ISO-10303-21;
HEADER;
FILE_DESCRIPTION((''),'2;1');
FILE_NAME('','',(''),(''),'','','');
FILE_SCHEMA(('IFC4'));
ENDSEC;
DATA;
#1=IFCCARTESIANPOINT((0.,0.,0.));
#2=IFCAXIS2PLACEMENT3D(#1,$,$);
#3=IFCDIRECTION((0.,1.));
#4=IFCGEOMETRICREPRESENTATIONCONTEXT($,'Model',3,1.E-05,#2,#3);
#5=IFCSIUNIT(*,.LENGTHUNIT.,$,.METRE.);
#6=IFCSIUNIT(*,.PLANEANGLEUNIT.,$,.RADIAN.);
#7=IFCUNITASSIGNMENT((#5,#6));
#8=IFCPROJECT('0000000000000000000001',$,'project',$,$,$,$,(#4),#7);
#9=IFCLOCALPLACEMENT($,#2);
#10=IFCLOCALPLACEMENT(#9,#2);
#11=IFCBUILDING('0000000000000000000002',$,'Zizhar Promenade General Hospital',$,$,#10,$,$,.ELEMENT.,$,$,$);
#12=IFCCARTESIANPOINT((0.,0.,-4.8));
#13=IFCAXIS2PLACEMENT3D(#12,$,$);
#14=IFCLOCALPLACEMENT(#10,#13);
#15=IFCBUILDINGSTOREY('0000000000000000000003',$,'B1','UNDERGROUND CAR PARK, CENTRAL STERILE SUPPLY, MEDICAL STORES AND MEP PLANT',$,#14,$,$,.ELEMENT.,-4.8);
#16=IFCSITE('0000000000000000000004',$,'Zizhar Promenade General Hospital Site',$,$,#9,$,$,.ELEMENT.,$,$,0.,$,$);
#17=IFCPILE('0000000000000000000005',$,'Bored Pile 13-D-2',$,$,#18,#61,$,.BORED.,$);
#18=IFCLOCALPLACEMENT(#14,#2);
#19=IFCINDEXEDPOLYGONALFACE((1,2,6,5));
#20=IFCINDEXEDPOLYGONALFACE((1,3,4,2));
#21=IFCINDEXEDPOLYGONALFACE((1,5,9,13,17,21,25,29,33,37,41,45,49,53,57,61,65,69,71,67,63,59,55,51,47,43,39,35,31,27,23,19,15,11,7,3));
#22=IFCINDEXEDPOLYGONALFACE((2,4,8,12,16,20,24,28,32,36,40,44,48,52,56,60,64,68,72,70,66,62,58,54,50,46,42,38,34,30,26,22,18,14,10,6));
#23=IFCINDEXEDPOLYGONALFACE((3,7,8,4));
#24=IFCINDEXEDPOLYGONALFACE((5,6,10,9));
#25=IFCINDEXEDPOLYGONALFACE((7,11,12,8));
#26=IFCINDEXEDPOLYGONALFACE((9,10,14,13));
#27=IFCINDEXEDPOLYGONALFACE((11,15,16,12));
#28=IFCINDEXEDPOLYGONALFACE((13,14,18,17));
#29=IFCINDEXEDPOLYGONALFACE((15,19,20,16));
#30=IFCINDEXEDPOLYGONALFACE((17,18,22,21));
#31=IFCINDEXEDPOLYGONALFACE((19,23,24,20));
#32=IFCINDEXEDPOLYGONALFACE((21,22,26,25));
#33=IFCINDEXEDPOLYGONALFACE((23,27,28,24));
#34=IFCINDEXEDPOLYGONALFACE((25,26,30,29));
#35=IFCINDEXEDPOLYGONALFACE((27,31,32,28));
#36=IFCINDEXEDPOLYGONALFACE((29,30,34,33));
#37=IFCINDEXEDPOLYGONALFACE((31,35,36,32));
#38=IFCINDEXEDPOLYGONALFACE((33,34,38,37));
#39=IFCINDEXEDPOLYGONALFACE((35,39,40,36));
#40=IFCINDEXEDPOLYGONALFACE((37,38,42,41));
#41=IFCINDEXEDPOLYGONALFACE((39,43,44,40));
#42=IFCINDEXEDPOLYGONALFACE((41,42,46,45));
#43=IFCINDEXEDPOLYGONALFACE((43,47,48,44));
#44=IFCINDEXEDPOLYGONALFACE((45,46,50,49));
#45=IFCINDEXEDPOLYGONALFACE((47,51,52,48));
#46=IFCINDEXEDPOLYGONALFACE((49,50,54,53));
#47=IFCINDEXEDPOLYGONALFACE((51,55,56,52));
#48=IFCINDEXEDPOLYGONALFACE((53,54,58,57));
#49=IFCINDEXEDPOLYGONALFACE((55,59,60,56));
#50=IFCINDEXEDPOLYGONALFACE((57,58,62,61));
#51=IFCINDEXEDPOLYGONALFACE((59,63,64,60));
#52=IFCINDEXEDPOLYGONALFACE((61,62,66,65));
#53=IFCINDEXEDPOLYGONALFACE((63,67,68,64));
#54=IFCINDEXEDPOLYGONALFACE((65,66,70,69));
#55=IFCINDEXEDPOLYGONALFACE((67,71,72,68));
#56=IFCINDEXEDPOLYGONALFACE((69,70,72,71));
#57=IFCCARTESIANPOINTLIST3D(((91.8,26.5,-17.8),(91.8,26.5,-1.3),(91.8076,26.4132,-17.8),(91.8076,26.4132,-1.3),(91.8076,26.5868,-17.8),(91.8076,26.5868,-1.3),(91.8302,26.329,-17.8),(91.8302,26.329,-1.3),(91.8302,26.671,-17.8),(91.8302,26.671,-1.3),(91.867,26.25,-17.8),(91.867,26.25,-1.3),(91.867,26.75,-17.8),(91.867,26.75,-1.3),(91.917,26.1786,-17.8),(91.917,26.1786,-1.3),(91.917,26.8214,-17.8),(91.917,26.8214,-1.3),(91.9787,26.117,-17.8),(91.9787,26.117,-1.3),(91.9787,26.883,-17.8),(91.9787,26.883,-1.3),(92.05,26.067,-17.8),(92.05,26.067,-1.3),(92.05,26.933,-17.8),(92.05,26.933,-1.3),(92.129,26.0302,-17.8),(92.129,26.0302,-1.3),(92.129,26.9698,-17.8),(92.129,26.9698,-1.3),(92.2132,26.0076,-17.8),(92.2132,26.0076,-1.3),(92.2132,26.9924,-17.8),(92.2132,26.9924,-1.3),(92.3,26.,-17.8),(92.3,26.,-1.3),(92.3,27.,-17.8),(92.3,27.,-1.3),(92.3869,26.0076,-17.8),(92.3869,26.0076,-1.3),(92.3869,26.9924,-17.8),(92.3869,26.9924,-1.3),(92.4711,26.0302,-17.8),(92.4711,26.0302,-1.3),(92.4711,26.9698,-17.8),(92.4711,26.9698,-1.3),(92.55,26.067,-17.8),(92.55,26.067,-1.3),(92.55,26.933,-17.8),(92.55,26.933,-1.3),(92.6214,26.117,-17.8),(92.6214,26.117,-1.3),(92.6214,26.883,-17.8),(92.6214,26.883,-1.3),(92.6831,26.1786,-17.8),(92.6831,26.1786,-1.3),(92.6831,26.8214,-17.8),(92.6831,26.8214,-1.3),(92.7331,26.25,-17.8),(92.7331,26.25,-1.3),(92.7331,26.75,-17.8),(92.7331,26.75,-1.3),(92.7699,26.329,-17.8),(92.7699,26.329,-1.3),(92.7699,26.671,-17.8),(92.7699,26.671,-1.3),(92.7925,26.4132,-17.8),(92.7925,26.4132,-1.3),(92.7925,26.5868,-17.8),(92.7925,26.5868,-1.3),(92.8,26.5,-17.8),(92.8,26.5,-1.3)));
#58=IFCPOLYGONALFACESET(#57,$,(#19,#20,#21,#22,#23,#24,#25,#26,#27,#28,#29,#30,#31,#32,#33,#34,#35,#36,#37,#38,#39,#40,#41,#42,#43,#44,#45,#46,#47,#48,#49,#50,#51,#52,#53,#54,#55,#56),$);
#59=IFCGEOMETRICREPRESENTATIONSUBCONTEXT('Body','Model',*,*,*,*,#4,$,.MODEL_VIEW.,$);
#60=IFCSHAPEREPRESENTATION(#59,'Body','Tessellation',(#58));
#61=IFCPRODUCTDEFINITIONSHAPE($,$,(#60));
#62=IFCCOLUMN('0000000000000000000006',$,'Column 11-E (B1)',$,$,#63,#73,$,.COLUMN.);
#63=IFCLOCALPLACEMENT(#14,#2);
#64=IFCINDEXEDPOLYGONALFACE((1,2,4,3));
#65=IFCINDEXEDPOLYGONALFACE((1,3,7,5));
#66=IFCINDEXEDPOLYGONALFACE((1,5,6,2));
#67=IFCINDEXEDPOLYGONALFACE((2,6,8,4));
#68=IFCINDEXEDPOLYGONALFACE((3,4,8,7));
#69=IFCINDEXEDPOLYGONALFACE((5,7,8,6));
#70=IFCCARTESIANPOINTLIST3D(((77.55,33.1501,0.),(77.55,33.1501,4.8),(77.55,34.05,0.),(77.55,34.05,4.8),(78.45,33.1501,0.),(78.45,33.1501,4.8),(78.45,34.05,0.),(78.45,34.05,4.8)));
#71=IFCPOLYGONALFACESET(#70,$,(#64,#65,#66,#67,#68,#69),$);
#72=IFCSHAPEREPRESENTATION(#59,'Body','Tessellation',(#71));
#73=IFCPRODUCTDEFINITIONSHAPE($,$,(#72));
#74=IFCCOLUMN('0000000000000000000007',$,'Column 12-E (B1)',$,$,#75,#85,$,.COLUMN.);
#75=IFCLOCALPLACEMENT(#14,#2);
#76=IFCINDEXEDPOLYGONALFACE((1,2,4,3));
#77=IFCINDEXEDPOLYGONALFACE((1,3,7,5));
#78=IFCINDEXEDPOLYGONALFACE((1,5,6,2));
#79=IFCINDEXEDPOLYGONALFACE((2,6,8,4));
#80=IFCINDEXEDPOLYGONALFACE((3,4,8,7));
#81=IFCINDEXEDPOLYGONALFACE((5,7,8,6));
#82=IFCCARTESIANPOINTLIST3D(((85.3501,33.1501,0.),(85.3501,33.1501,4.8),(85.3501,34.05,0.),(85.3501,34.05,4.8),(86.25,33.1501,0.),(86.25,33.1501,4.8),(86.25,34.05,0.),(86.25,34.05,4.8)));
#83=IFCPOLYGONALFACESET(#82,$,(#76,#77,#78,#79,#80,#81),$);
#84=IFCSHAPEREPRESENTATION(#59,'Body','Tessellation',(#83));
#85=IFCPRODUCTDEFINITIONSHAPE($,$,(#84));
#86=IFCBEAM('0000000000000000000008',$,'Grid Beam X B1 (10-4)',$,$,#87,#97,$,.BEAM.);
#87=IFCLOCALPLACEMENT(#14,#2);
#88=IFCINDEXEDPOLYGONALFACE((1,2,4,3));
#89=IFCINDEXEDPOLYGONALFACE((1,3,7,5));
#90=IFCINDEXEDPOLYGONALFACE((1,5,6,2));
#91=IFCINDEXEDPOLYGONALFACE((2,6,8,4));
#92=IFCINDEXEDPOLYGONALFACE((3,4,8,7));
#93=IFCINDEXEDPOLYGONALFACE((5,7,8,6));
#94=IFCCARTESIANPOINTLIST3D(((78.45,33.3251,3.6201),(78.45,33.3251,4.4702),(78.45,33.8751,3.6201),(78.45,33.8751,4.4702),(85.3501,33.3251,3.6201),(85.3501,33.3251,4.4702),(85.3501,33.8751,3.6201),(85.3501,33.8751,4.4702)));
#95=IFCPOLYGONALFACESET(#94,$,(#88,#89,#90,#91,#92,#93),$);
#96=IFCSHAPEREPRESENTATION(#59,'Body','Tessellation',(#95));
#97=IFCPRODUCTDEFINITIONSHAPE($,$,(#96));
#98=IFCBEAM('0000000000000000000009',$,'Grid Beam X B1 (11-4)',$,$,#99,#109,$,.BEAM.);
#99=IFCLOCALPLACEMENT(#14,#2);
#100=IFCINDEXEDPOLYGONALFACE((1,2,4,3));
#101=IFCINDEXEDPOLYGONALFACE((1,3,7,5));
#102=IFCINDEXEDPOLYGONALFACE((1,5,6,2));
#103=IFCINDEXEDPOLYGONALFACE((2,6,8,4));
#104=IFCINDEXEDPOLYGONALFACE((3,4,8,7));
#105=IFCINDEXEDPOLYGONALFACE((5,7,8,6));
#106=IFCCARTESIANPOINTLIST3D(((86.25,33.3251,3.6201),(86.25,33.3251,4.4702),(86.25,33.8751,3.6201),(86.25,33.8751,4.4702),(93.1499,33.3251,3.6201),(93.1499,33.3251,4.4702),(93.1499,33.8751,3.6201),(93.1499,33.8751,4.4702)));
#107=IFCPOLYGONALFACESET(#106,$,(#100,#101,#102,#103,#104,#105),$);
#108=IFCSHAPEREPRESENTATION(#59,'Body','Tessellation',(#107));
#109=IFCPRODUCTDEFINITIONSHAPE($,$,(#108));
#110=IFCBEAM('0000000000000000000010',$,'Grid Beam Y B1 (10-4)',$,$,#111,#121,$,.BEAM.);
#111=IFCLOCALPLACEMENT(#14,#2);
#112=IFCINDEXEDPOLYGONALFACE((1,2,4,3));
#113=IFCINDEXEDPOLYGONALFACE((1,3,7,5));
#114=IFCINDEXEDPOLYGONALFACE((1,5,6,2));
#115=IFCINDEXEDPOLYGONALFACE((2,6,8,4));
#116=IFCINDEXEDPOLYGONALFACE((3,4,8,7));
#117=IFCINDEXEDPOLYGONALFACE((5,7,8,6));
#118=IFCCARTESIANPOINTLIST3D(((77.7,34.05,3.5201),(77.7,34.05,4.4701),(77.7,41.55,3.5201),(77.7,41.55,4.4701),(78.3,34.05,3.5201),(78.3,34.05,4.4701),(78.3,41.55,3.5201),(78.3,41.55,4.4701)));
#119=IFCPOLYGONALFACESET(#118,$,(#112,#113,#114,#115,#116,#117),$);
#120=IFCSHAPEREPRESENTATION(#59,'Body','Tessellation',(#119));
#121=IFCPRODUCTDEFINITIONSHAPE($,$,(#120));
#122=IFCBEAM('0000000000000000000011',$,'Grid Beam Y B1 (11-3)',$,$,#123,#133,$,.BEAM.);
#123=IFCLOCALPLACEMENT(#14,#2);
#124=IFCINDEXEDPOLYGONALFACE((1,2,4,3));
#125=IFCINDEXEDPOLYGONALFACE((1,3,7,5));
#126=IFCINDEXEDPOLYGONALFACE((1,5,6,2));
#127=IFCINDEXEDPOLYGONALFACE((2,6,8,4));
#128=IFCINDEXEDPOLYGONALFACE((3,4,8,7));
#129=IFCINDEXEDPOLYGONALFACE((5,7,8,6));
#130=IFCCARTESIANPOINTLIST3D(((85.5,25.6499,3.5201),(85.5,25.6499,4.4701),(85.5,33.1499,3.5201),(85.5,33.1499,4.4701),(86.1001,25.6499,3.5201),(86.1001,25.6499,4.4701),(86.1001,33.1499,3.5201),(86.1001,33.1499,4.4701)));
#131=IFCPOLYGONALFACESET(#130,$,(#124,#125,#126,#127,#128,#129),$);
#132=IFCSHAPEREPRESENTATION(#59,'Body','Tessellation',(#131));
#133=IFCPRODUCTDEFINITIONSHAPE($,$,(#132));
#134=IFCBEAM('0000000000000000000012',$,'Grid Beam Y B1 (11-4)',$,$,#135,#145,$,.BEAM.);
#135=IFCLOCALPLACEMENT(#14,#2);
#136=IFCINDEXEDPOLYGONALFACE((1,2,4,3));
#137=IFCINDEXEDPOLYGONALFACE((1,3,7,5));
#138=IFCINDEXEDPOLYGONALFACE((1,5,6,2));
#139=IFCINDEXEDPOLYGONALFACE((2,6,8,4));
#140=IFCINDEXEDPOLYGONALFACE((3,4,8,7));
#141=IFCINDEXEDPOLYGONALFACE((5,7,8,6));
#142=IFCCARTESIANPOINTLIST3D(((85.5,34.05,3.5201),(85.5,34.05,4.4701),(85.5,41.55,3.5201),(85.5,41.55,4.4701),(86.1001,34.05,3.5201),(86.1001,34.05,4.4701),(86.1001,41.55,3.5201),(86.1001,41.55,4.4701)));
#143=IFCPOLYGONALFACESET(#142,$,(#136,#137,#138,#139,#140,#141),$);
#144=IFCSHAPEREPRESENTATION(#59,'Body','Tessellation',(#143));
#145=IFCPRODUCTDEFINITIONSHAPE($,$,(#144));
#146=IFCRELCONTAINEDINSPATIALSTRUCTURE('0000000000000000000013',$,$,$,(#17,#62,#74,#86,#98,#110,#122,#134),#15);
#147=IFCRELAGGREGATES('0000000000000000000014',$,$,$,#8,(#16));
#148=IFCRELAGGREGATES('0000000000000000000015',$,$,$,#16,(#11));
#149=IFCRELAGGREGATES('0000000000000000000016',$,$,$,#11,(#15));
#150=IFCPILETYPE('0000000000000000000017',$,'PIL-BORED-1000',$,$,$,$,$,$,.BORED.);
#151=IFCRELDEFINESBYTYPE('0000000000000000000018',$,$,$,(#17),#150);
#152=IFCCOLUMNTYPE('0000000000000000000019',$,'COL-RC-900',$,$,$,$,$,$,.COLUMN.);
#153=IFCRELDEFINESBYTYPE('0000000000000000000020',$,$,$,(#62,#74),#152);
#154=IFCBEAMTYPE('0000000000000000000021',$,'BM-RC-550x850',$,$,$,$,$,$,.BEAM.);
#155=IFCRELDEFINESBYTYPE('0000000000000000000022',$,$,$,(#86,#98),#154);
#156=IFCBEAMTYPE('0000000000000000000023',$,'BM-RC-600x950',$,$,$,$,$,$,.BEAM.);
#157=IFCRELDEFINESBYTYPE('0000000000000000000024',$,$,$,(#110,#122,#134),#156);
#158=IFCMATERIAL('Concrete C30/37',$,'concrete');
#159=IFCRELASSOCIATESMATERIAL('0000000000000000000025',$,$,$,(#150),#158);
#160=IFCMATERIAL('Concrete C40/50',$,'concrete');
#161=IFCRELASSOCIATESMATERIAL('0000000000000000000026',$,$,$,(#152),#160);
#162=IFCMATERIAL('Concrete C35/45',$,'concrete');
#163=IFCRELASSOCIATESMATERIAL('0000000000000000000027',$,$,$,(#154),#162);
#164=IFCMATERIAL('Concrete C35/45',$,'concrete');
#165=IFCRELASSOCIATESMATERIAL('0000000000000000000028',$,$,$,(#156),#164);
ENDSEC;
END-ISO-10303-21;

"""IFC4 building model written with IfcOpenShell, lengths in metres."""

from ifc_helpers import new_model, si_unit, direction, frame, origin, origin_2d, place, context, subcontext, project, spatial, rectangle, circle, extrude, material, material_profile, profile_set, type_object, element, save


model = new_model("IFC4")

# Units and contexts
model_context = context("Model", 3, precision=1e-05, world=origin(), true_north=direction((0.0, 1.0)))
body_context = subcontext(model_context, "Body", "Model", "MODEL_VIEW")
ifc_project = project(units=[si_unit("LENGTHUNIT", "METRE"), si_unit("PLANEANGLEUNIT", "RADIAN")], contexts=[model_context])

# Site, building, storey
site_placement = place(None, origin())
site = spatial("IfcSite", under=ifc_project, at=site_placement, Name="Zizhar Promenade General Hospital Site", CompositionType="ELEMENT", RefElevation=0.0)
building_placement = place(site_placement, origin())
building = spatial("IfcBuilding", under=site, at=building_placement, Name="Zizhar Promenade General Hospital", CompositionType="ELEMENT")
storey_placement = place(building_placement, frame((0.0, 0.0, -4.8)))
storey = spatial("IfcBuildingStorey", under=building, at=storey_placement, Name="B1", Description="UNDERGROUND CAR PARK, CENTRAL STERILE SUPPLY, MEDICAL STORES AND MEP PLANT", CompositionType="ELEMENT", Elevation=-4.8)

# Pile
ifc_material_1 = material(Name="Concrete C30/37", Category="concrete")
ifc_material_profile_1 = material_profile(ifc_material_1, circle(Radius=0.5, at=origin_2d()))
ifc_profile_set_1 = profile_set([ifc_material_profile_1], Name="Concrete C30/37")
pile_type = type_object("IfcPileType", Name="PIL-BORED-1000", PredefinedType="BORED", material=ifc_profile_set_1)
for number, where, z_axis, x_axis, name in (
    (1, (92.3, 26.5, -1.3), (0.0, 0.0, -1.0), (1.0, 0.0, 0.0), "Bored Pile 13-D-2"),
):
    element("IfcPile", number, at=place(storey_placement, frame(where, z_axis=z_axis, x_axis=x_axis)), inside=storey, type_object=pile_type, Name=name, PredefinedType="BORED", context=body_context, shape_type="SweptSolid", body=[
        extrude(circle(Radius=0.5, at=origin_2d()), origin(), (0.0, 0.0, 1.0), 16.5),
    ])

# Columns
ifc_material_2 = material(Name="Concrete C40/50", Category="concrete")
ifc_material_profile_2 = material_profile(ifc_material_2, rectangle(XDim=0.8999, YDim=0.8999, at=origin_2d()))
ifc_profile_set_2 = profile_set([ifc_material_profile_2], Name="Concrete C40/50")
column_type = type_object("IfcColumnType", Name="COL-RC-900", PredefinedType="COLUMN", material=ifc_profile_set_2)
for number, where, z_axis, x_axis, name in (
    (2, (78.0, 33.6001, 0.0), (0.0, 0.0, 1.0), (1.0, 0.0, 0.0), "Column 11-E (B1)"),
    (3, (85.8, 33.6001, 0.0), (0.0, 0.0, 1.0), (1.0, 0.0, 0.0), "Column 12-E (B1)"),
):
    element("IfcColumn", number, at=place(storey_placement, frame(where, z_axis=z_axis, x_axis=x_axis)), inside=storey, type_object=column_type, Name=name, PredefinedType="COLUMN", context=body_context, shape_type="SweptSolid", body=[
        extrude(rectangle(XDim=0.8999, YDim=0.8999, at=origin_2d()), origin(), (0.0, 0.0, 1.0), 4.8),
    ])

# Beams
ifc_material_3 = material(Name="Concrete C35/45", Category="concrete")
ifc_material_profile_3 = material_profile(ifc_material_3, rectangle(XDim=0.55, YDim=0.8501, at=origin_2d()))
ifc_profile_set_3 = profile_set([ifc_material_profile_3], Name="Concrete C35/45")
beam_type_1 = type_object("IfcBeamType", Name="BM-RC-550x850", PredefinedType="BEAM", material=ifc_profile_set_3)
beam_1_placement = place(storey_placement, frame((78.45, 33.6001, 4.0452), z_axis=(1.0, 0.0, 0.0), x_axis=(0.0, 1.0, 0.0)))
element("IfcBeam", 4, at=beam_1_placement, inside=storey, type_object=beam_type_1, Name="Grid Beam X B1 (10-4)", PredefinedType="BEAM", context=body_context, shape_type="SweptSolid", body=[
    extrude(rectangle(XDim=0.55, YDim=0.8501, at=origin_2d()), origin(), (0.0, 0.0, 1.0), 6.9001),
])
beam_2_placement = place(storey_placement, frame((86.25, 33.6001, 4.0452), z_axis=(1.0, 0.0, 0.0), x_axis=(0.0, 1.0, 0.0)))
element("IfcBeam", 5, at=beam_2_placement, inside=storey, type_object=beam_type_1, Name="Grid Beam X B1 (11-4)", PredefinedType="BEAM", context=body_context, shape_type="SweptSolid", body=[
    extrude(rectangle(XDim=0.55, YDim=0.8501, at=origin_2d()), origin(), (0.0, 0.0, 1.0), 6.8999),
])
ifc_material_4 = material(Name="Concrete C35/45", Category="concrete")
ifc_material_profile_4 = material_profile(ifc_material_4, rectangle(XDim=0.6001, YDim=0.95, at=origin_2d()))
ifc_profile_set_4 = profile_set([ifc_material_profile_4], Name="Concrete C35/45")
beam_type_2 = type_object("IfcBeamType", Name="BM-RC-600x950", PredefinedType="BEAM", material=ifc_profile_set_4)
for number, where, z_axis, x_axis, name in (
    (6, (78.0, 34.05, 3.9951), (0.0, 1.0, 0.0), (-1.0, 0.0, 0.0), "Grid Beam Y B1 (10-4)"),
    (7, (85.8, 25.6499, 3.9951), (0.0, 1.0, 0.0), (-1.0, 0.0, 0.0), "Grid Beam Y B1 (11-3)"),
    (8, (85.8, 34.05, 3.9951), (0.0, 1.0, 0.0), (-1.0, 0.0, 0.0), "Grid Beam Y B1 (11-4)"),
):
    element("IfcBeam", number, at=place(storey_placement, frame(where, z_axis=z_axis, x_axis=x_axis)), inside=storey, type_object=beam_type_2, Name=name, PredefinedType="BEAM", context=body_context, shape_type="SweptSolid", body=[
        extrude(rectangle(XDim=0.6001, YDim=0.95, at=origin_2d()), origin(), (0.0, 0.0, 1.0), 7.5),
    ])

save(model, "model.ifc")
